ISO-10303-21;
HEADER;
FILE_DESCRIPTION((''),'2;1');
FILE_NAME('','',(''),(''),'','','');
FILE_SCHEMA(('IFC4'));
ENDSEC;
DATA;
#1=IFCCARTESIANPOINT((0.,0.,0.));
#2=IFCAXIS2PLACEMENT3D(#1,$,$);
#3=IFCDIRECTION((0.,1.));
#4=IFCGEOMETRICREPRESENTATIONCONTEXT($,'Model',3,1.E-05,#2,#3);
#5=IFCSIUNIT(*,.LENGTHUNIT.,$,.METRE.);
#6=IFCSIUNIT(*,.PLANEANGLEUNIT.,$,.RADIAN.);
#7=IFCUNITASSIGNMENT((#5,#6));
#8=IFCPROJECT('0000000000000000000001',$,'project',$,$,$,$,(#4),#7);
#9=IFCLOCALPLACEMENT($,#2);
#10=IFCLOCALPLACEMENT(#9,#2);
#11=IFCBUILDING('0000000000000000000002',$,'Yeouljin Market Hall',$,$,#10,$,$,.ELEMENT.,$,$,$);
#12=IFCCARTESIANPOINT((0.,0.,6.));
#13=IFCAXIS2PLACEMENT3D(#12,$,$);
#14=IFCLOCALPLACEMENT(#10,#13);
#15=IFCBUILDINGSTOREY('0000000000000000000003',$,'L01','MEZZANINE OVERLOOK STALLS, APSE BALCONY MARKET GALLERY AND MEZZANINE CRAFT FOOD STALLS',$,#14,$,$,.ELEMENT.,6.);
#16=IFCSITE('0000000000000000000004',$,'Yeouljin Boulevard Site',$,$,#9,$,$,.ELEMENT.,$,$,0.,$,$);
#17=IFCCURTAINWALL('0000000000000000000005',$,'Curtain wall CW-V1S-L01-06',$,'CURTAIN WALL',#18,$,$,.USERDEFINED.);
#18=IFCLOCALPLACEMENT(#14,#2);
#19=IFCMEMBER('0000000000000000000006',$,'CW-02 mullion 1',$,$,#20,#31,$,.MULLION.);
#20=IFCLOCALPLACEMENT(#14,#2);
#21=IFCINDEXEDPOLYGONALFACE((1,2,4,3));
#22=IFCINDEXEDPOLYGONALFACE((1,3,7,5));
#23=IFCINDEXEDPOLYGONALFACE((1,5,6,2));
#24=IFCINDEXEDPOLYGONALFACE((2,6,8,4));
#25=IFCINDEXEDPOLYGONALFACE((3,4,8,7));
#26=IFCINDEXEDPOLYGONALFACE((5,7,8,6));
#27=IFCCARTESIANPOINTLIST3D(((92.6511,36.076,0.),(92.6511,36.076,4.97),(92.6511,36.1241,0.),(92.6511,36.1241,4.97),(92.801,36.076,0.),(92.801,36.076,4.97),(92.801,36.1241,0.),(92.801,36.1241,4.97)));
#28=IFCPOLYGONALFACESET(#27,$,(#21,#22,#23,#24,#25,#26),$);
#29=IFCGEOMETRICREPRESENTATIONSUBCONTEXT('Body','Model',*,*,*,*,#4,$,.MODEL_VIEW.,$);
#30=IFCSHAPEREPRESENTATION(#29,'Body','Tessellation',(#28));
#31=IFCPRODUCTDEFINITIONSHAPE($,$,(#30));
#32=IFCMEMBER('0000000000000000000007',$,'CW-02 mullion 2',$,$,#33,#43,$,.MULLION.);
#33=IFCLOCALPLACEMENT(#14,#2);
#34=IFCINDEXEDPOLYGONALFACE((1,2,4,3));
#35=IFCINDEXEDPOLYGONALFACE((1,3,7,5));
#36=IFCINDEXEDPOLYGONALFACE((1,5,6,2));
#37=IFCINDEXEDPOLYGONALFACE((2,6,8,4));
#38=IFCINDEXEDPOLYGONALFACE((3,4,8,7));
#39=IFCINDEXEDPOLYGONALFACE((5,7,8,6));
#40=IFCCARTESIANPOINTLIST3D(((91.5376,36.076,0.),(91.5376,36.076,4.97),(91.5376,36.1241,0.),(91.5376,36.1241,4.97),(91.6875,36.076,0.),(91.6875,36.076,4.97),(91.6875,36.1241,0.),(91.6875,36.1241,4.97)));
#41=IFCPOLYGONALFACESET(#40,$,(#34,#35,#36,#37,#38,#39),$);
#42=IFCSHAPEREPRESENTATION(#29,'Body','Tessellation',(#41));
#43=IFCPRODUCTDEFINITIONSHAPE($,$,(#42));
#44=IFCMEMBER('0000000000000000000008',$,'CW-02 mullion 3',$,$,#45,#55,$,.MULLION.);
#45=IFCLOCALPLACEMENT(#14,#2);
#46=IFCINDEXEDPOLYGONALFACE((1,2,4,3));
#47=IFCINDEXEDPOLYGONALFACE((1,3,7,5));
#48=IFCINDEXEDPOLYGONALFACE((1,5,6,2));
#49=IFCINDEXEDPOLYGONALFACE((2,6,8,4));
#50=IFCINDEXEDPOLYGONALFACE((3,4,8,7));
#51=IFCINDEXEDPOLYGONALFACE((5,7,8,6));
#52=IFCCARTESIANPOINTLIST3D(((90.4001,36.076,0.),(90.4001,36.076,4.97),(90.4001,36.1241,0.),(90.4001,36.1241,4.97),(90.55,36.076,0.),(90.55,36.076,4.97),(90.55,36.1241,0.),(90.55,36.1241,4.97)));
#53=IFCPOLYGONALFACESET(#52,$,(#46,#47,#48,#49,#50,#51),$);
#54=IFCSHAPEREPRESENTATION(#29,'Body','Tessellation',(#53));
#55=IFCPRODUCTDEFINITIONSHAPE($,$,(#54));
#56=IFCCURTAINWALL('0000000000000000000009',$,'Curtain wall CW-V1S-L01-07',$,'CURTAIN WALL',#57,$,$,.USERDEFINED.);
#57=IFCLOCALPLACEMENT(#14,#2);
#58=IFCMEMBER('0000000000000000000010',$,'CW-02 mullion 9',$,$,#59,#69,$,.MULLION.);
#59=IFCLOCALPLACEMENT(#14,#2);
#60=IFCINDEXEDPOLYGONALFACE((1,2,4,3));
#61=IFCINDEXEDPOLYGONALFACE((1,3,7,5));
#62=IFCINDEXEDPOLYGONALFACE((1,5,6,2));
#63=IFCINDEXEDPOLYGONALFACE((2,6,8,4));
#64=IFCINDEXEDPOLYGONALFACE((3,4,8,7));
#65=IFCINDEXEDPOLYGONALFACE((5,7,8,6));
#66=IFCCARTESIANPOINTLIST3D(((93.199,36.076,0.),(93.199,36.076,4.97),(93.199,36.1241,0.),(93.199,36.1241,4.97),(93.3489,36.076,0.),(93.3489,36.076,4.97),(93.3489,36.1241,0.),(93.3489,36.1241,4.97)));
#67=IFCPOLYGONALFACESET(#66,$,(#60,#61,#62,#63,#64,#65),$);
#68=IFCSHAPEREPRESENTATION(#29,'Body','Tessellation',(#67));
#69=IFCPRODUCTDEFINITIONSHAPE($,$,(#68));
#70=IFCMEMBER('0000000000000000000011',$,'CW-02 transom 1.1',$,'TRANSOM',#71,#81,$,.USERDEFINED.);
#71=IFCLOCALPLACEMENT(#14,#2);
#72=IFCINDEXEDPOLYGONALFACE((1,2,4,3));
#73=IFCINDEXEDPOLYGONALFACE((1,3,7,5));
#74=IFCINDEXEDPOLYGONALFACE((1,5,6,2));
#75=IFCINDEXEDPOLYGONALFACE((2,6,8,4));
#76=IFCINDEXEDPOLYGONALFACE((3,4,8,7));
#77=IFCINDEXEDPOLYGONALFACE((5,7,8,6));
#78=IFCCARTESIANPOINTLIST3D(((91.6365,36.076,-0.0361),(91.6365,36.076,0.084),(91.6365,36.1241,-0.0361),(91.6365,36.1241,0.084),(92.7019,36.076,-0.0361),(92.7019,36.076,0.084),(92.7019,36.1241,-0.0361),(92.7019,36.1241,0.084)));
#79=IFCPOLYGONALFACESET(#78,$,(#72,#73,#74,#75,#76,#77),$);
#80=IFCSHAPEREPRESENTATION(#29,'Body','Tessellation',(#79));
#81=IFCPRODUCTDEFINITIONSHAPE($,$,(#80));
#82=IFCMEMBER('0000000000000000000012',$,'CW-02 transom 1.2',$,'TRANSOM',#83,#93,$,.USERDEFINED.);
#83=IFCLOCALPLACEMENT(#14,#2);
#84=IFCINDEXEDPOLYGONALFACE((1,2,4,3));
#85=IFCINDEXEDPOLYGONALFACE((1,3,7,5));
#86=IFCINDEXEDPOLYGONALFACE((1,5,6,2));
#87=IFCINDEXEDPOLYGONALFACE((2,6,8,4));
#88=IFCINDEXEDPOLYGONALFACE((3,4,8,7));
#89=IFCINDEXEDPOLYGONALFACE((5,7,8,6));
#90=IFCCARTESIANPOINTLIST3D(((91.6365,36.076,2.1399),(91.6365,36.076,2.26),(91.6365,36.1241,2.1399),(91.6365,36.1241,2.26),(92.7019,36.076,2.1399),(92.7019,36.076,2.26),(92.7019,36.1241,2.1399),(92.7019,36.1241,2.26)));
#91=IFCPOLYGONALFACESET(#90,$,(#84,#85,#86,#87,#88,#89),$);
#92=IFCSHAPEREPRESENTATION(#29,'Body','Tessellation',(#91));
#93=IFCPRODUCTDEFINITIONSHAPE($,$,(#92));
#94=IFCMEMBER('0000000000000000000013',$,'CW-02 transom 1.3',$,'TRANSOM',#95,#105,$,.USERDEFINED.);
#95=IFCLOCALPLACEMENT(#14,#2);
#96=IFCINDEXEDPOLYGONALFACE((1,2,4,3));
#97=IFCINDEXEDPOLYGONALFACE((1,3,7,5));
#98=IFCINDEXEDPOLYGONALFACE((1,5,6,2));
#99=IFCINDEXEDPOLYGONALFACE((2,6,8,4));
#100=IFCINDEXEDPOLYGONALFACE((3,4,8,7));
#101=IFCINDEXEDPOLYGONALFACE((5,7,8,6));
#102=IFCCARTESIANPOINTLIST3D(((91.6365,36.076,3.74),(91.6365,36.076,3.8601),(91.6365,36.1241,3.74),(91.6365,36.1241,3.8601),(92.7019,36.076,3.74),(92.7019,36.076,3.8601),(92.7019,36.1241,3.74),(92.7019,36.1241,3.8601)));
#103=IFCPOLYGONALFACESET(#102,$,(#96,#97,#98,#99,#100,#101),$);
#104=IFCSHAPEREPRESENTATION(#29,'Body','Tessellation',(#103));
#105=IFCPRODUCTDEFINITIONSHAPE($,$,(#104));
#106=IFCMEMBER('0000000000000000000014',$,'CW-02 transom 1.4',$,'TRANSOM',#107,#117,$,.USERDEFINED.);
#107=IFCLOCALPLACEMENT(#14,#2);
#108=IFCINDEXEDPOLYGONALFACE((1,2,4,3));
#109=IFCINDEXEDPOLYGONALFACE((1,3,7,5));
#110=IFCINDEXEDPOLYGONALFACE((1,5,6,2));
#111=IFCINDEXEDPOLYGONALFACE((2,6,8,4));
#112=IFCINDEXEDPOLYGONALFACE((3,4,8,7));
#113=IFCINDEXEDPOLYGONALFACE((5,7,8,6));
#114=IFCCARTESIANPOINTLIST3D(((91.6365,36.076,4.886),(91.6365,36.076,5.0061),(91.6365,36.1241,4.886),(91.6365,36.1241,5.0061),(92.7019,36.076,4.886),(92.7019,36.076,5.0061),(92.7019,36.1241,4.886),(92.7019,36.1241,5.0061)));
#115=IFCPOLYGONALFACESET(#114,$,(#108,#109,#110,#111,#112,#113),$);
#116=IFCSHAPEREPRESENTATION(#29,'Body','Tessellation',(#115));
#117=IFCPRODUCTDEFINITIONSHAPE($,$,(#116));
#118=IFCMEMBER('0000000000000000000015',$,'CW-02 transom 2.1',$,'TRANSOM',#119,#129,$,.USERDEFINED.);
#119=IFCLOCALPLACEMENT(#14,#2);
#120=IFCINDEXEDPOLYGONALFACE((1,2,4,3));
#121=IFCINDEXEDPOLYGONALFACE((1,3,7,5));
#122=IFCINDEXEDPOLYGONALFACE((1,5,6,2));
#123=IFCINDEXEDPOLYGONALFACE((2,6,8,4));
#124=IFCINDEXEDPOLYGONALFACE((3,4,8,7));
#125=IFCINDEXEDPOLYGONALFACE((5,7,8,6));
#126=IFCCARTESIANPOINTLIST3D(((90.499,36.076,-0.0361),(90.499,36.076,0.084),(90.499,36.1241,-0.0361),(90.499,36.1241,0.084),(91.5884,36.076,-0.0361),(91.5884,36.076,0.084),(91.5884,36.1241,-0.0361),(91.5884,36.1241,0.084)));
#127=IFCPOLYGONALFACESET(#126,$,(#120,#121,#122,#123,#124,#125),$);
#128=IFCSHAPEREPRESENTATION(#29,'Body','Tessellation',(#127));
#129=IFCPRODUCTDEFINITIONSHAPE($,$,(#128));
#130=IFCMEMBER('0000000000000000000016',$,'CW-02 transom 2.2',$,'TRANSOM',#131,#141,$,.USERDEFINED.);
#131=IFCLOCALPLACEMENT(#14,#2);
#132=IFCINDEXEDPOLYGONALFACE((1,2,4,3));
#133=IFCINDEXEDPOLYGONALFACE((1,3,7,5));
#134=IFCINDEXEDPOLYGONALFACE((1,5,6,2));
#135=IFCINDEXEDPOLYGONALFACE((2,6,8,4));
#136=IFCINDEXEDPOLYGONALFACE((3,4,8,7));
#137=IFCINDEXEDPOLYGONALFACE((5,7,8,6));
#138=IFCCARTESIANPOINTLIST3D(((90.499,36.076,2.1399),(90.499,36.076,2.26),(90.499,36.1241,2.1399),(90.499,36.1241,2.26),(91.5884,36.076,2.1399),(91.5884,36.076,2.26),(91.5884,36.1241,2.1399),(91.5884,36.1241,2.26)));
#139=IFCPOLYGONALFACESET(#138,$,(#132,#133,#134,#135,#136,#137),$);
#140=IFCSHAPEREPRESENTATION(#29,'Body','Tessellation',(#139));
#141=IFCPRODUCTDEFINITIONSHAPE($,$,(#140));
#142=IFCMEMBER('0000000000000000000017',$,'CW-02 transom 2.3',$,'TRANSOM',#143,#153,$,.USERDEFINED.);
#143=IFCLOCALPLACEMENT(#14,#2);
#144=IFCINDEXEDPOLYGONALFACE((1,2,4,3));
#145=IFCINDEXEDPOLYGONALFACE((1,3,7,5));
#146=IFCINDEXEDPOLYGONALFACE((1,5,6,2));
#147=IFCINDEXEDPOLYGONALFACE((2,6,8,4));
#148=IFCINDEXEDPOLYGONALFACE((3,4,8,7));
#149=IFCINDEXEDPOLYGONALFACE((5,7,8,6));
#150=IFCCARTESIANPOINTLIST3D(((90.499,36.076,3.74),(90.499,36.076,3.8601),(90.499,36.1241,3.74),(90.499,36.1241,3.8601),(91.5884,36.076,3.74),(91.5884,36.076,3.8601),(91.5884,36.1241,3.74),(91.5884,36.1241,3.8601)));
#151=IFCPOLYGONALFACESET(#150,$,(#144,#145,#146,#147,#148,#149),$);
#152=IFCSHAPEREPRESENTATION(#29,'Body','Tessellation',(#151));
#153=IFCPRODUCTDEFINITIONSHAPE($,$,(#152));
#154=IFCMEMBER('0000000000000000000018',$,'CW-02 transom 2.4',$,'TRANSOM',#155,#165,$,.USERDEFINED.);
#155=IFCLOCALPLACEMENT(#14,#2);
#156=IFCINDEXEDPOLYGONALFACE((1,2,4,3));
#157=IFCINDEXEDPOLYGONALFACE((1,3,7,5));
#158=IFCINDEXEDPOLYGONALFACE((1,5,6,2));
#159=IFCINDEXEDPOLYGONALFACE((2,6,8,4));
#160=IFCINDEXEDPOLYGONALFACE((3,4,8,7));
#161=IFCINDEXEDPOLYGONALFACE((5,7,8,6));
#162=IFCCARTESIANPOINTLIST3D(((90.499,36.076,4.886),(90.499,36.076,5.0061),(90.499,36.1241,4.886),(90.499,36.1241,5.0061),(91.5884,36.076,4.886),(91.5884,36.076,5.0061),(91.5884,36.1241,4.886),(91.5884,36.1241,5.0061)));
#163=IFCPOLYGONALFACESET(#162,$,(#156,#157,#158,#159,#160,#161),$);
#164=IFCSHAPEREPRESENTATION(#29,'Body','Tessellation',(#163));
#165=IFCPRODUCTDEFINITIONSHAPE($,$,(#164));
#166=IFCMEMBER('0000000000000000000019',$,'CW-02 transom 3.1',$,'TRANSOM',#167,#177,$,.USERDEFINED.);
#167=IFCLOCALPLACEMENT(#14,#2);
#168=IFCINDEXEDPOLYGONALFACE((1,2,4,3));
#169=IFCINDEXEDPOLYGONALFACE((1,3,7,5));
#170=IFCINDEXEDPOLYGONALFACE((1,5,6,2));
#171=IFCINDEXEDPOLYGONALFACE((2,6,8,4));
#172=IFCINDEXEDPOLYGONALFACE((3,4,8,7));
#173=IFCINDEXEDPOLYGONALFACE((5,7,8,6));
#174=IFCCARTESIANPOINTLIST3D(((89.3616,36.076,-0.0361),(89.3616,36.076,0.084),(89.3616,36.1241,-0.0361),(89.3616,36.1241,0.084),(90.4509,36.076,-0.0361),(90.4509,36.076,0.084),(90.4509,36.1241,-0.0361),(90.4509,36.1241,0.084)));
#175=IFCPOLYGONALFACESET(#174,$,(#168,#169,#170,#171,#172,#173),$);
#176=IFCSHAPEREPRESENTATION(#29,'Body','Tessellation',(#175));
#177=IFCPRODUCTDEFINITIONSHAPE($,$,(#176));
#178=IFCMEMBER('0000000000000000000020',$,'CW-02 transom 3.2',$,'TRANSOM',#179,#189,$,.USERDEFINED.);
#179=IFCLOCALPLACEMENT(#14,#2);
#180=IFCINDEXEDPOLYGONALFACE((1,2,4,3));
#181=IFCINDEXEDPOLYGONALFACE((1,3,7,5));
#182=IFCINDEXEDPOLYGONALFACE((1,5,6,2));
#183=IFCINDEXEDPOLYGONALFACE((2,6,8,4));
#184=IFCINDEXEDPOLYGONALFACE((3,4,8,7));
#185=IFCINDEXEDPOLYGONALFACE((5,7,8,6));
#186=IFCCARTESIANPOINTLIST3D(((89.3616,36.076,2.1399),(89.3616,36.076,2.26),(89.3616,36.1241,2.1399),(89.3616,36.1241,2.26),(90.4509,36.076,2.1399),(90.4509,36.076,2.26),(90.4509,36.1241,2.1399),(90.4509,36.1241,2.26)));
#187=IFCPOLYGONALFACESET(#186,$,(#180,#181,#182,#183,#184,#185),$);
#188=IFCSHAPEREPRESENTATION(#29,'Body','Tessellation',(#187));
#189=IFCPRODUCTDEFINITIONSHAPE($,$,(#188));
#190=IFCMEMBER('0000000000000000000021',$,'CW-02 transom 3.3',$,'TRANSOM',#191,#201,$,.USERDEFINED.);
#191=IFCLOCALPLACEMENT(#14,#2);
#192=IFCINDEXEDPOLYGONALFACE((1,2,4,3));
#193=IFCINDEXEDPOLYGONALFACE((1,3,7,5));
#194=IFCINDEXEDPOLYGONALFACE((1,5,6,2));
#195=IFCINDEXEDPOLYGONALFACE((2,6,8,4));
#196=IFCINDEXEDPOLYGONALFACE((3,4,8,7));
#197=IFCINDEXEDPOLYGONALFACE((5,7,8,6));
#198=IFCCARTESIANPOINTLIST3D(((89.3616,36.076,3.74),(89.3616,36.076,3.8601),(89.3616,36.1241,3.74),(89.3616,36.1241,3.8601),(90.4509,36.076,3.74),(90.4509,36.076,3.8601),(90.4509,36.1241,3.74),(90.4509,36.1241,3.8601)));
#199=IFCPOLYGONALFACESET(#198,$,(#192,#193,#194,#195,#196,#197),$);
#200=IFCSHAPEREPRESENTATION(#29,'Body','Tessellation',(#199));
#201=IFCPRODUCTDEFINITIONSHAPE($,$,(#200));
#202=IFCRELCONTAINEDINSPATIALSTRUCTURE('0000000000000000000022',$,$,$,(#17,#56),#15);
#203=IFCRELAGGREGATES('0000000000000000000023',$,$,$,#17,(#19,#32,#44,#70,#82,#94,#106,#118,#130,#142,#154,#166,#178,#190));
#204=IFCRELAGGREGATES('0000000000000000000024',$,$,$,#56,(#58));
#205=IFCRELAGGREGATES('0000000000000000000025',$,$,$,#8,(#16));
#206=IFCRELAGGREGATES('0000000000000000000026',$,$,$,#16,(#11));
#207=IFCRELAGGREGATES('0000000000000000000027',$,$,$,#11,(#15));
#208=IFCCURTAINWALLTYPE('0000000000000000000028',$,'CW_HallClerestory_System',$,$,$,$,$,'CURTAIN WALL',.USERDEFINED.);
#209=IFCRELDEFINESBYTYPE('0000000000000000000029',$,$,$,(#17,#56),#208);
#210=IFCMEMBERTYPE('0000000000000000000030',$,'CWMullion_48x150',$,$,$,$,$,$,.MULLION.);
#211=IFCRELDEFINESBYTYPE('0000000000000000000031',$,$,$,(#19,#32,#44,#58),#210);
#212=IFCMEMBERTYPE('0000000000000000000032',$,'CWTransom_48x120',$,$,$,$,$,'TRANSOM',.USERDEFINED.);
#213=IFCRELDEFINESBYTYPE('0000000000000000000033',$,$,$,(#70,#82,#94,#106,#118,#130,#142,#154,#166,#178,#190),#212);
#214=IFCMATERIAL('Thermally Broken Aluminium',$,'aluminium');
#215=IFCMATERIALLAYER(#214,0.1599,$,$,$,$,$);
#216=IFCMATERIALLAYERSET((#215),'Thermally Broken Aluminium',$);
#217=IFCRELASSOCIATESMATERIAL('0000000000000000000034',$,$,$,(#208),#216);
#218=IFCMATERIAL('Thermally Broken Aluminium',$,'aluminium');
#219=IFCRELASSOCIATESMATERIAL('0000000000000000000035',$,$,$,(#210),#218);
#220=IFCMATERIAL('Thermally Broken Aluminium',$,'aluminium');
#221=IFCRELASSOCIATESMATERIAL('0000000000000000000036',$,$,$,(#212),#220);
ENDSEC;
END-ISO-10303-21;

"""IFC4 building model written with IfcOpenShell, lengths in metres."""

from ifc_helpers import new_model, si_unit, direction, frame, origin, origin_2d, place, context, subcontext, project, spatial, rectangle, extrude, material, layer, layer_set, material_profile, profile_set, type_object, element, aggregate, save


model = new_model("IFC4")

# Units and contexts
model_context = context("Model", 3, precision=1e-05, world=origin(), true_north=direction((0.0, 1.0)))
body_context = subcontext(model_context, "Body", "Model", "MODEL_VIEW")
ifc_project = project(units=[si_unit("LENGTHUNIT", "METRE"), si_unit("PLANEANGLEUNIT", "RADIAN")], contexts=[model_context])

# Site, building, storey
site_placement = place(None, origin())
site = spatial("IfcSite", under=ifc_project, at=site_placement, Name="Yeouljin Boulevard Site", CompositionType="ELEMENT", RefElevation=0.0)
building_placement = place(site_placement, origin())
building = spatial("IfcBuilding", under=site, at=building_placement, Name="Yeouljin Market Hall", CompositionType="ELEMENT")
storey_placement = place(building_placement, frame((0.0, 0.0, 6.0)))
storey = spatial("IfcBuildingStorey", under=building, at=storey_placement, Name="L01", Description="MEZZANINE OVERLOOK STALLS, APSE BALCONY MARKET GALLERY AND MEZZANINE CRAFT FOOD STALLS", CompositionType="ELEMENT", Elevation=6.0)

# Curtain wall, members
ifc_material_1 = material(Name="Thermally Broken Aluminium", Category="aluminium")
ifc_layer_1 = layer(ifc_material_1, 0.1599)
ifc_layer_set_1 = layer_set([ifc_layer_1], Name="Thermally Broken Aluminium")
curtain_wall_type = type_object("IfcCurtainWallType", Name="CW_HallClerestory_System", ElementType="CURTAIN WALL", PredefinedType="USERDEFINED", material=ifc_layer_set_1)
curtain_wall_1_placement = place(storey_placement, origin())
curtain_wall_1 = element("IfcCurtainWall", 1, at=curtain_wall_1_placement, inside=storey, type_object=curtain_wall_type, Name="Curtain wall CW-V1S-L01-06", ObjectType="CURTAIN WALL", PredefinedType="USERDEFINED")
ifc_material_2 = material(Name="Thermally Broken Aluminium", Category="aluminium")
ifc_material_profile_1 = material_profile(ifc_material_2, rectangle(XDim=0.0481, YDim=0.1499, at=origin_2d()), Name="CW-MULL-48x150")
ifc_profile_set_1 = profile_set([ifc_material_profile_1], Name="Thermally Broken Aluminium")
member_type_1 = type_object("IfcMemberType", Name="CWMullion_48x150", PredefinedType="MULLION", material=ifc_profile_set_1)
member_1_placement = place(storey_placement, frame((92.7261, 36.1001, 0.0), z_axis=(0.0, 0.0, 1.0), x_axis=(0.0, -1.0, 0.0)))
member_1 = element("IfcMember", 2, at=member_1_placement, type_object=member_type_1, Name="CW-02 mullion 1", PredefinedType="MULLION", context=body_context, shape_type="SweptSolid", body=[
    extrude(rectangle(XDim=0.0481, YDim=0.1499, at=origin_2d()), origin(), (0.0, 0.0, 1.0), 4.97),
])
member_2_placement = place(storey_placement, frame((91.6125, 36.1001, 0.0), z_axis=(0.0, 0.0, 1.0), x_axis=(0.0, -1.0, 0.0)))
member_2 = element("IfcMember", 3, at=member_2_placement, type_object=member_type_1, Name="CW-02 mullion 2", PredefinedType="MULLION", context=body_context, shape_type="SweptSolid", body=[
    extrude(rectangle(XDim=0.0481, YDim=0.1499, at=origin_2d()), origin(), (0.0, 0.0, 1.0), 4.97),
])
member_3_placement = place(storey_placement, frame((90.4751, 36.1001, 0.0), z_axis=(0.0, 0.0, 1.0), x_axis=(0.0, -1.0, 0.0)))
member_3 = element("IfcMember", 4, at=member_3_placement, type_object=member_type_1, Name="CW-02 mullion 3", PredefinedType="MULLION", context=body_context, shape_type="SweptSolid", body=[
    extrude(rectangle(XDim=0.0481, YDim=0.1499, at=origin_2d()), origin(), (0.0, 0.0, 1.0), 4.97),
])

# Curtain wall, member
curtain_wall_2_placement = place(storey_placement, origin())
curtain_wall_2 = element("IfcCurtainWall", 5, at=curtain_wall_2_placement, inside=storey, type_object=curtain_wall_type, Name="Curtain wall CW-V1S-L01-07", ObjectType="CURTAIN WALL", PredefinedType="USERDEFINED")
member_4_placement = place(storey_placement, frame((93.2739, 36.1001, 0.0), z_axis=(0.0, 0.0, 1.0), x_axis=(0.0, -1.0, 0.0)))
member_4 = element("IfcMember", 6, at=member_4_placement, type_object=member_type_1, Name="CW-02 mullion 9", PredefinedType="MULLION", context=body_context, shape_type="SweptSolid", body=[
    extrude(rectangle(XDim=0.0481, YDim=0.1499, at=origin_2d()), origin(), (0.0, 0.0, 1.0), 4.97),
])

# Members
ifc_material_3 = material(Name="Thermally Broken Aluminium", Category="aluminium")
ifc_material_profile_2 = material_profile(ifc_material_3, rectangle(XDim=0.0481, YDim=0.1201, at=origin_2d()), Name="CW-TRAN-48x120")
ifc_profile_set_2 = profile_set([ifc_material_profile_2], Name="Thermally Broken Aluminium")
member_type_2 = type_object("IfcMemberType", Name="CWTransom_48x120", ElementType="TRANSOM", PredefinedType="USERDEFINED", material=ifc_profile_set_2)
member_5_placement = place(storey_placement, frame((92.7019, 36.1001, 0.0239), z_axis=(-1.0, 0.0, 0.0), x_axis=(0.0, -1.0, 0.0)))
member_5 = element("IfcMember", 7, at=member_5_placement, type_object=member_type_2, Name="CW-02 transom 1.1", ObjectType="TRANSOM", PredefinedType="USERDEFINED", context=body_context, shape_type="SweptSolid", body=[
    extrude(rectangle(XDim=0.0481, YDim=0.1201, at=origin_2d()), origin(), (0.0, 0.0, 1.0), 1.0654),
])
member_6_placement = place(storey_placement, frame((92.7019, 36.1001, 2.2), z_axis=(-1.0, 0.0, 0.0), x_axis=(0.0, -1.0, 0.0)))
member_6 = element("IfcMember", 8, at=member_6_placement, type_object=member_type_2, Name="CW-02 transom 1.2", ObjectType="TRANSOM", PredefinedType="USERDEFINED", context=body_context, shape_type="SweptSolid", body=[
    extrude(rectangle(XDim=0.0481, YDim=0.1201, at=origin_2d()), origin(), (0.0, 0.0, 1.0), 1.0654),
])
member_7_placement = place(storey_placement, frame((92.7019, 36.1001, 3.8), z_axis=(-1.0, 0.0, 0.0), x_axis=(0.0, -1.0, 0.0)))
member_7 = element("IfcMember", 9, at=member_7_placement, type_object=member_type_2, Name="CW-02 transom 1.3", ObjectType="TRANSOM", PredefinedType="USERDEFINED", context=body_context, shape_type="SweptSolid", body=[
    extrude(rectangle(XDim=0.0481, YDim=0.1201, at=origin_2d()), origin(), (0.0, 0.0, 1.0), 1.0654),
])
member_8_placement = place(storey_placement, frame((92.7019, 36.1001, 4.946), z_axis=(-1.0, 0.0, 0.0), x_axis=(0.0, -1.0, 0.0)))
member_8 = element("IfcMember", 10, at=member_8_placement, type_object=member_type_2, Name="CW-02 transom 1.4", ObjectType="TRANSOM", PredefinedType="USERDEFINED", context=body_context, shape_type="SweptSolid", body=[
    extrude(rectangle(XDim=0.0481, YDim=0.1201, at=origin_2d()), origin(), (0.0, 0.0, 1.0), 1.0654),
])
member_9_placement = place(storey_placement, frame((91.5884, 36.1001, 0.0239), z_axis=(-1.0, 0.0, 0.0), x_axis=(0.0, -1.0, 0.0)))
member_9 = element("IfcMember", 11, at=member_9_placement, type_object=member_type_2, Name="CW-02 transom 2.1", ObjectType="TRANSOM", PredefinedType="USERDEFINED", context=body_context, shape_type="SweptSolid", body=[
    extrude(rectangle(XDim=0.0481, YDim=0.1201, at=origin_2d()), origin(), (0.0, 0.0, 1.0), 1.0894),
])
member_10_placement = place(storey_placement, frame((91.5884, 36.1001, 2.2), z_axis=(-1.0, 0.0, 0.0), x_axis=(0.0, -1.0, 0.0)))
member_10 = element("IfcMember", 12, at=member_10_placement, type_object=member_type_2, Name="CW-02 transom 2.2", ObjectType="TRANSOM", PredefinedType="USERDEFINED", context=body_context, shape_type="SweptSolid", body=[
    extrude(rectangle(XDim=0.0481, YDim=0.1201, at=origin_2d()), origin(), (0.0, 0.0, 1.0), 1.0894),
])
member_11_placement = place(storey_placement, frame((91.5884, 36.1001, 3.8), z_axis=(-1.0, 0.0, 0.0), x_axis=(0.0, -1.0, 0.0)))
member_11 = element("IfcMember", 13, at=member_11_placement, type_object=member_type_2, Name="CW-02 transom 2.3", ObjectType="TRANSOM", PredefinedType="USERDEFINED", context=body_context, shape_type="SweptSolid", body=[
    extrude(rectangle(XDim=0.0481, YDim=0.1201, at=origin_2d()), origin(), (0.0, 0.0, 1.0), 1.0894),
])
member_12_placement = place(storey_placement, frame((91.5884, 36.1001, 4.946), z_axis=(-1.0, 0.0, 0.0), x_axis=(0.0, -1.0, 0.0)))
member_12 = element("IfcMember", 14, at=member_12_placement, type_object=member_type_2, Name="CW-02 transom 2.4", ObjectType="TRANSOM", PredefinedType="USERDEFINED", context=body_context, shape_type="SweptSolid", body=[
    extrude(rectangle(XDim=0.0481, YDim=0.1201, at=origin_2d()), origin(), (0.0, 0.0, 1.0), 1.0894),
])
member_13_placement = place(storey_placement, frame((90.4509, 36.1001, 0.0239), z_axis=(-1.0, 0.0, 0.0), x_axis=(0.0, -1.0, 0.0)))
member_13 = element("IfcMember", 15, at=member_13_placement, type_object=member_type_2, Name="CW-02 transom 3.1", ObjectType="TRANSOM", PredefinedType="USERDEFINED", context=body_context, shape_type="SweptSolid", body=[
    extrude(rectangle(XDim=0.0481, YDim=0.1201, at=origin_2d()), origin(), (0.0, 0.0, 1.0), 1.0894),
])
member_14_placement = place(storey_placement, frame((90.4509, 36.1001, 2.2), z_axis=(-1.0, 0.0, 0.0), x_axis=(0.0, -1.0, 0.0)))
member_14 = element("IfcMember", 16, at=member_14_placement, type_object=member_type_2, Name="CW-02 transom 3.2", ObjectType="TRANSOM", PredefinedType="USERDEFINED", context=body_context, shape_type="SweptSolid", body=[
    extrude(rectangle(XDim=0.0481, YDim=0.1201, at=origin_2d()), origin(), (0.0, 0.0, 1.0), 1.0894),
])
member_15_placement = place(storey_placement, frame((90.4509, 36.1001, 3.8), z_axis=(-1.0, 0.0, 0.0), x_axis=(0.0, -1.0, 0.0)))
member_15 = element("IfcMember", 17, at=member_15_placement, type_object=member_type_2, Name="CW-02 transom 3.3", ObjectType="TRANSOM", PredefinedType="USERDEFINED", context=body_context, shape_type="SweptSolid", body=[
    extrude(rectangle(XDim=0.0481, YDim=0.1201, at=origin_2d()), origin(), (0.0, 0.0, 1.0), 1.0894),
])

aggregate(curtain_wall_1, [member_1, member_2, member_3, member_5, member_6, member_7, member_8, member_9, member_10, member_11, member_12, member_13, member_14, member_15])
aggregate(curtain_wall_2, [member_4])

save(model, "model.ifc")
